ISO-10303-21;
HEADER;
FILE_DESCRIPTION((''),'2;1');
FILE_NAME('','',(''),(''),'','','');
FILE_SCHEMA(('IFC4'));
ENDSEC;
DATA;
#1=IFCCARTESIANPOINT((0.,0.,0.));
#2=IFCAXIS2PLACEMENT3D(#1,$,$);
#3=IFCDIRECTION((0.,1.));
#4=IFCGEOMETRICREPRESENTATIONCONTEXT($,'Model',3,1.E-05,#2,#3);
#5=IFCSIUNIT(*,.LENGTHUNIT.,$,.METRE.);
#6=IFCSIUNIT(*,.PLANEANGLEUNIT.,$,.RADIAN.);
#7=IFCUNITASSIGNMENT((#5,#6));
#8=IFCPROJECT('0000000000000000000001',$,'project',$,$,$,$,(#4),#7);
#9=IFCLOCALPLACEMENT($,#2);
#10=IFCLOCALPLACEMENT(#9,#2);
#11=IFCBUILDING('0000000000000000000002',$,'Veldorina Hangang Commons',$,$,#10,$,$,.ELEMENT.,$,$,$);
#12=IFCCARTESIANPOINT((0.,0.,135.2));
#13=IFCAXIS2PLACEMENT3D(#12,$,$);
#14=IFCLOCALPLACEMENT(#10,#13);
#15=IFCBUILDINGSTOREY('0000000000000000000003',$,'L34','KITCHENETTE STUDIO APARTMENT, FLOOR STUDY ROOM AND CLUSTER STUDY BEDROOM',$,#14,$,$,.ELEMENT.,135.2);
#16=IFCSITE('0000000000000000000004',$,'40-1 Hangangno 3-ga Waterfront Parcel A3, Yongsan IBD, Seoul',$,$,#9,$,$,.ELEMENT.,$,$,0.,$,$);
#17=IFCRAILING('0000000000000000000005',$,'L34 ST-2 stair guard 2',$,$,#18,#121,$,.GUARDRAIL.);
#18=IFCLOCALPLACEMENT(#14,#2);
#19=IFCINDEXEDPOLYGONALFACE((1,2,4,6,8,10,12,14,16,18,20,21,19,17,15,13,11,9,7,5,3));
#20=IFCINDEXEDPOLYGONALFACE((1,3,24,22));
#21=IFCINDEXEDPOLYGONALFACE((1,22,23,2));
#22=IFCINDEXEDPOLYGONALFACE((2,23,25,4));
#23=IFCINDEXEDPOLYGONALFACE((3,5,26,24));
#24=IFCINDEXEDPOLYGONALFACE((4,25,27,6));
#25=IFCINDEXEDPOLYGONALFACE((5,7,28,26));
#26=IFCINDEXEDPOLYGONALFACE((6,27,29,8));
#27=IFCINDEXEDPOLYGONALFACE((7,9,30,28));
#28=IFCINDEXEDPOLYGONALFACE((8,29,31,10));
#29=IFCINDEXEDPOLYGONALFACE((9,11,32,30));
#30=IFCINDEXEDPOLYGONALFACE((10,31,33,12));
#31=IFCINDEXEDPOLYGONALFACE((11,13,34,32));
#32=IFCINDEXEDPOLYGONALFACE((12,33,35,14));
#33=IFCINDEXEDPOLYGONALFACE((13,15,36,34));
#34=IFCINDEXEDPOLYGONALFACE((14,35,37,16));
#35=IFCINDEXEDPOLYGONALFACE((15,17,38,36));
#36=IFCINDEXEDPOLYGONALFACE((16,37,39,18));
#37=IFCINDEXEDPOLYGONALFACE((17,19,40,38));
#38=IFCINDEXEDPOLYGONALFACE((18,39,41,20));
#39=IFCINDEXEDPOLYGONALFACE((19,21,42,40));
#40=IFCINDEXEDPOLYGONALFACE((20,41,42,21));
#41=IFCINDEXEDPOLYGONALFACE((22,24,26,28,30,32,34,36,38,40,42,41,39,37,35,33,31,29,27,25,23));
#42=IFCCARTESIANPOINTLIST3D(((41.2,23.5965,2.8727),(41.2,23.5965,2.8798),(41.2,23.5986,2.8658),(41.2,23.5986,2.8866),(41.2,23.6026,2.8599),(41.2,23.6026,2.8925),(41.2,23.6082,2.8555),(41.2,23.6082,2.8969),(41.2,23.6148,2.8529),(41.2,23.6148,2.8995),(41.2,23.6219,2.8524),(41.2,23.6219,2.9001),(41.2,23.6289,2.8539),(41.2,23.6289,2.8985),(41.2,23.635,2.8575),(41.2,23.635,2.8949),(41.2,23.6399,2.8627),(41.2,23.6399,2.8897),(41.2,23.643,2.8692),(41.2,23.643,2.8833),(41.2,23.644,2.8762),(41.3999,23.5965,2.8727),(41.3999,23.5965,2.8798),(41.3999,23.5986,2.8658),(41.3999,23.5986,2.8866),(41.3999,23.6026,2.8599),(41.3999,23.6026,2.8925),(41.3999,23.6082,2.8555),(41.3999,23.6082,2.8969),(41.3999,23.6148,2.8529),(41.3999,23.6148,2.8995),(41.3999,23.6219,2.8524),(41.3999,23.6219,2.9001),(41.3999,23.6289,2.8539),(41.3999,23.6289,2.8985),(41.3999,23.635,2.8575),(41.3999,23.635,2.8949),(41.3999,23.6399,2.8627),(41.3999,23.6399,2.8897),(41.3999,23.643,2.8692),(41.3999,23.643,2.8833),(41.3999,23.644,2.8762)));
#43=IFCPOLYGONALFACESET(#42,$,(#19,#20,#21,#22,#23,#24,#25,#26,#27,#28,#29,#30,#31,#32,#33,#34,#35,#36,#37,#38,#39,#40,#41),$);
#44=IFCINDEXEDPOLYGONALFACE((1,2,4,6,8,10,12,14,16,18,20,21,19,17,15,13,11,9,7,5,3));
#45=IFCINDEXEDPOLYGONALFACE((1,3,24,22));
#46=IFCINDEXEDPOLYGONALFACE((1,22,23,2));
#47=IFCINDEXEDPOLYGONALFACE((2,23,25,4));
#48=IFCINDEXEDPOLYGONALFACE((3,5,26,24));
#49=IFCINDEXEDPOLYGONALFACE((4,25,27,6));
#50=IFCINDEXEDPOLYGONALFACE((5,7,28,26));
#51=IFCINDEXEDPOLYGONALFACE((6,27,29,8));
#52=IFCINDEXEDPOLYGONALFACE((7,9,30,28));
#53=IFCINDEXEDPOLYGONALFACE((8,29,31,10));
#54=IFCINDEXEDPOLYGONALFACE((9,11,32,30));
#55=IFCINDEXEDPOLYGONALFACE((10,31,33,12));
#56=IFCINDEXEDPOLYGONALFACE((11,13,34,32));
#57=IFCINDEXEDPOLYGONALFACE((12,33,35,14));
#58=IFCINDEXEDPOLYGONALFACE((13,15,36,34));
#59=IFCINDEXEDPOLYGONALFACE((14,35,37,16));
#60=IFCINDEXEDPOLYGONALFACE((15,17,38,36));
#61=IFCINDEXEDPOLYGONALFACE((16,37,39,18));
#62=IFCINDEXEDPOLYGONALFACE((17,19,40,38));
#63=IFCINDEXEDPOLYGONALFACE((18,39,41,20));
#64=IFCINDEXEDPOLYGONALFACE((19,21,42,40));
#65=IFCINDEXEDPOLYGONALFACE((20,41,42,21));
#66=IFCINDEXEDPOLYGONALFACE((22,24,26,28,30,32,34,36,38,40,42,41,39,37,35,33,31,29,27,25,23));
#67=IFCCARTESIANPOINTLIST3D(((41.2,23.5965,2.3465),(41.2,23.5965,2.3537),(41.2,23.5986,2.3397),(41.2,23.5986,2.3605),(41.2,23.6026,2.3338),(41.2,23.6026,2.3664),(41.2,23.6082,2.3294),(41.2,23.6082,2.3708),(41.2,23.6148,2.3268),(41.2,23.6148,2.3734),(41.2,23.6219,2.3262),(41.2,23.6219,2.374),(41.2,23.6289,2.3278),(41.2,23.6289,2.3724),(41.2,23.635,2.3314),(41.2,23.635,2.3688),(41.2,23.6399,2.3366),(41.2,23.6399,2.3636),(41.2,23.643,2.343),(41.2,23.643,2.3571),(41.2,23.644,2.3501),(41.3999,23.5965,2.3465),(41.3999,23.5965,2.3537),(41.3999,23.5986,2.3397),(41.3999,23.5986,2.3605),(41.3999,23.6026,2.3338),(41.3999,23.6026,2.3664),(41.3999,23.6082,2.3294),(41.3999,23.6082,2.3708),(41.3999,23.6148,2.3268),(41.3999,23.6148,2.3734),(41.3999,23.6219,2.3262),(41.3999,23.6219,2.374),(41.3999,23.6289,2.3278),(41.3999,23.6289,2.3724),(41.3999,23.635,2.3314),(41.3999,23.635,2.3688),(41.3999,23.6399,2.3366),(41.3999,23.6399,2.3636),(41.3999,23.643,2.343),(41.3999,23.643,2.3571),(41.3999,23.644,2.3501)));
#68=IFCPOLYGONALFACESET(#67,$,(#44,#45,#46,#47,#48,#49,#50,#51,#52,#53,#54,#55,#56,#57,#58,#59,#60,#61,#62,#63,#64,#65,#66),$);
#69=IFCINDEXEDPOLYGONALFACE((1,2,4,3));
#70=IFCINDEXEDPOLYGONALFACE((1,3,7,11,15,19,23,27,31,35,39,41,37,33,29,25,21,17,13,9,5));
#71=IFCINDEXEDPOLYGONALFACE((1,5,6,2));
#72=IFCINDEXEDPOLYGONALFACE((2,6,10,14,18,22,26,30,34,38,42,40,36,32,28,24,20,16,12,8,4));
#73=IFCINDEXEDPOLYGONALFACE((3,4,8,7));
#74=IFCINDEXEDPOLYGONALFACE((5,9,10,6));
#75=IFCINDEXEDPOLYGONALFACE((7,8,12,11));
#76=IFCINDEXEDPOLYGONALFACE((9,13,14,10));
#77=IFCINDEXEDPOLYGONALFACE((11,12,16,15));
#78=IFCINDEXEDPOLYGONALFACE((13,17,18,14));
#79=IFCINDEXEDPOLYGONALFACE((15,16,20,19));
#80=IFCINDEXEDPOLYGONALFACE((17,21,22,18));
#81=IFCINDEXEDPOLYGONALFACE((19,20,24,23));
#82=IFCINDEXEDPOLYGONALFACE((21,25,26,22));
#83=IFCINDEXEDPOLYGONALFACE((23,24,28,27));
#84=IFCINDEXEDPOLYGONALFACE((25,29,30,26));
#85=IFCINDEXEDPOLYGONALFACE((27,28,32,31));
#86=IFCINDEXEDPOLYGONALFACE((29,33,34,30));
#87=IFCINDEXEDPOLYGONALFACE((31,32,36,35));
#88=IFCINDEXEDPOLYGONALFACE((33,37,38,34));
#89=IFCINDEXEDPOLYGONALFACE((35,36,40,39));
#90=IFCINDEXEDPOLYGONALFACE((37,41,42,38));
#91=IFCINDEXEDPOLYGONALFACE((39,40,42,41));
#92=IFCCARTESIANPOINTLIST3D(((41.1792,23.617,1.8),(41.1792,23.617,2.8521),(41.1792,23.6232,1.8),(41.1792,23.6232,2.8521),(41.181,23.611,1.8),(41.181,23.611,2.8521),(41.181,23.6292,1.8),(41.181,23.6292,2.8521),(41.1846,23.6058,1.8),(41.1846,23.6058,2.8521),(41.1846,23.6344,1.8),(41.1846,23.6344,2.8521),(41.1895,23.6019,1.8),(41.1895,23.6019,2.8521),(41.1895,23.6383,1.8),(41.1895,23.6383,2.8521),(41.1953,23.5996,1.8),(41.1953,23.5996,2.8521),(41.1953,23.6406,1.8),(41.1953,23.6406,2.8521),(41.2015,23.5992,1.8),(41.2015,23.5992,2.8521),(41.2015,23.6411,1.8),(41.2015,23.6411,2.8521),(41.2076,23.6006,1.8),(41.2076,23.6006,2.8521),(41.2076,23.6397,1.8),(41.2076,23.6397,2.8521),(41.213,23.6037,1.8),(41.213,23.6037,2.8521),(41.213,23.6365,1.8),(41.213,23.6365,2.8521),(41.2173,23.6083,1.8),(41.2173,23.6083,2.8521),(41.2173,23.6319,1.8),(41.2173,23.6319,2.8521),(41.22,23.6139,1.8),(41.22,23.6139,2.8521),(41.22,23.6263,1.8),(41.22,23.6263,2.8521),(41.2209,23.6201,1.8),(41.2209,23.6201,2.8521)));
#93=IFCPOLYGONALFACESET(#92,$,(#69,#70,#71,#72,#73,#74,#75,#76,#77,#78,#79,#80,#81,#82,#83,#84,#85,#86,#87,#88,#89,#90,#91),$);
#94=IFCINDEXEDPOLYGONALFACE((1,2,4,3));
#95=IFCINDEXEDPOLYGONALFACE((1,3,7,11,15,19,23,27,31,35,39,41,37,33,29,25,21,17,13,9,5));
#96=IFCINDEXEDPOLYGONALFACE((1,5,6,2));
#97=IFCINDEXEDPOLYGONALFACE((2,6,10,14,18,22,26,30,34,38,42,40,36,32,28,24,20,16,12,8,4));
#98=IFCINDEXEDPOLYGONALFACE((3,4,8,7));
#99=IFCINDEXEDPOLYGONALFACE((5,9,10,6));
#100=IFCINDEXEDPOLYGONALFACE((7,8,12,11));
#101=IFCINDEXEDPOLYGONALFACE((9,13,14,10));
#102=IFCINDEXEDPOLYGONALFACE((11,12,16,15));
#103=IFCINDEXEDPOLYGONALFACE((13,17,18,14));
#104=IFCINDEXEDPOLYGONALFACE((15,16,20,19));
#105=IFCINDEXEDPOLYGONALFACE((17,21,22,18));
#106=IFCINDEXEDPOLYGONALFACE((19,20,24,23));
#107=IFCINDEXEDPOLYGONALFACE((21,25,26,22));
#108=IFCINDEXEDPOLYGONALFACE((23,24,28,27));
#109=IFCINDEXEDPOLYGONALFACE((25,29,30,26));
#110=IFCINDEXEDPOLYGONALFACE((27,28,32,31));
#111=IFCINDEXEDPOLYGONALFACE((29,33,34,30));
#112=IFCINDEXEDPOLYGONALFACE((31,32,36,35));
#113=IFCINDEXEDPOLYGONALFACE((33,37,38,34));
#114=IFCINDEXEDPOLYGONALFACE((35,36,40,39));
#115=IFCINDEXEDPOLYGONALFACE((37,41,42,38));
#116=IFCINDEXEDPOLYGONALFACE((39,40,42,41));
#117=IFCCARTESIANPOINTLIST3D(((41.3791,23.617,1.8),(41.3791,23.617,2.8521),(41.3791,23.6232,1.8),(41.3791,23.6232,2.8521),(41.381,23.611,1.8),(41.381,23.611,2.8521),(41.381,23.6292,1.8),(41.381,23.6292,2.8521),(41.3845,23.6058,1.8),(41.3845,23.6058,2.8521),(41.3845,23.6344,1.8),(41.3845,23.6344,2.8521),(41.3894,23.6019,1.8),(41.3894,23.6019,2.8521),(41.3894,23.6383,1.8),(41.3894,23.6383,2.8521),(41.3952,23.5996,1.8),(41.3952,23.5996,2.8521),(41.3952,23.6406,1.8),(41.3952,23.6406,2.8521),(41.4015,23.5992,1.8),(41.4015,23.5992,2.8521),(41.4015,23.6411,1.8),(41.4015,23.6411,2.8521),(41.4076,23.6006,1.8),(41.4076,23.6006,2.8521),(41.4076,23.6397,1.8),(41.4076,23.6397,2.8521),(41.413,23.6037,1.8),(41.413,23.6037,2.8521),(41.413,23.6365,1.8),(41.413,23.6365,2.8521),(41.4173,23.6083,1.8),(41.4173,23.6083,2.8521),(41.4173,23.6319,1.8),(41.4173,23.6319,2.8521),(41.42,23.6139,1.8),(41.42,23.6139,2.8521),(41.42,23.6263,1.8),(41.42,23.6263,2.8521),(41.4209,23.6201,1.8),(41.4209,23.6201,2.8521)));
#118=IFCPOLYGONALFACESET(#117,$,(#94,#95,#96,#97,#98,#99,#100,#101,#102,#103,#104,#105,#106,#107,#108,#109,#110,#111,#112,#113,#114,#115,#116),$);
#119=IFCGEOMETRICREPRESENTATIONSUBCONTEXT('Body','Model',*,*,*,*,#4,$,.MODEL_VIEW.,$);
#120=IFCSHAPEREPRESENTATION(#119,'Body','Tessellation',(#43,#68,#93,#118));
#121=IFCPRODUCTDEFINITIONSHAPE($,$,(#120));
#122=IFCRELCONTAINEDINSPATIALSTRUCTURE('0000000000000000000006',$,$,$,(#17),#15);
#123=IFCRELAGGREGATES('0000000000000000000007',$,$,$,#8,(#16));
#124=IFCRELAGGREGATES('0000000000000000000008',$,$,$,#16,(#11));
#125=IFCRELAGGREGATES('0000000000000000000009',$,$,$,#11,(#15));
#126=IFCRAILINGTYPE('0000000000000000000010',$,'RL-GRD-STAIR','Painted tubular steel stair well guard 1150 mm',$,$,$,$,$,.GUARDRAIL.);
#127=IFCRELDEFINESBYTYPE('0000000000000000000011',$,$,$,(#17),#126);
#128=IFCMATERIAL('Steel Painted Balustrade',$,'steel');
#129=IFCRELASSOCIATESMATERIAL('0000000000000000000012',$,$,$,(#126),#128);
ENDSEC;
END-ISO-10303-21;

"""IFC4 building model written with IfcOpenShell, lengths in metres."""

from ifc_helpers import new_model, si_unit, direction, frame, origin, origin_2d, place, context, subcontext, project, spatial, circle, extrude, material, type_object, element, save


model = new_model("IFC4")

# Units and contexts
model_context = context("Model", 3, precision=1e-05, world=origin(), true_north=direction((0.0, 1.0)))
body_context = subcontext(model_context, "Body", "Model", "MODEL_VIEW")
ifc_project = project(units=[si_unit("LENGTHUNIT", "METRE"), si_unit("PLANEANGLEUNIT", "RADIAN")], contexts=[model_context])

# Site, building, storey
site_placement = place(None, origin())
site = spatial("IfcSite", under=ifc_project, at=site_placement, Name="40-1 Hangangno 3-ga Waterfront Parcel A3, Yongsan IBD, Seoul", CompositionType="ELEMENT", RefElevation=0.0)
building_placement = place(site_placement, origin())
building = spatial("IfcBuilding", under=site, at=building_placement, Name="Veldorina Hangang Commons", CompositionType="ELEMENT")
storey_placement = place(building_placement, frame((0.0, 0.0, 135.2)))
storey = spatial("IfcBuildingStorey", under=building, at=storey_placement, Name="L34", Description="KITCHENETTE STUDIO APARTMENT, FLOOR STUDY ROOM AND CLUSTER STUDY BEDROOM", CompositionType="ELEMENT", Elevation=135.2)

# Railing
ifc_material_1 = material(Name="Steel Painted Balustrade", Category="steel")
railing_type = type_object("IfcRailingType", Name="RL-GRD-STAIR", Description="Painted tubular steel stair well guard 1150 mm", PredefinedType="GUARDRAIL", material=ifc_material_1)
railing_placement = place(storey_placement, frame((41.2, 23.6201, 1.8)))
element("IfcRailing", 1, at=railing_placement, inside=storey, type_object=railing_type, Name="L34 ST-2 stair guard 2", PredefinedType="GUARDRAIL", context=body_context, shape_type="SweptSolid", body=[
    extrude(circle(Radius=0.0239, at=origin_2d()), frame((0.0, 0.0, 1.0762), z_axis=(1.0, 0.0, 0.0), x_axis=(0.0, 1.0, 0.0)), (0.0, 0.0, 1.0), 0.2),
    extrude(circle(Radius=0.0239, at=origin_2d()), frame((0.0, 0.0, 0.55), z_axis=(1.0, 0.0, 0.0), x_axis=(0.0, 1.0, 0.0)), (0.0, 0.0, 1.0), 0.2),
    extrude(circle(Radius=0.021, at=origin_2d()), origin(), (0.0, 0.0, 1.0), 1.052),
    extrude(circle(Radius=0.021, at=origin_2d()), frame((0.2, 0.0, 0.0)), (0.0, 0.0, 1.0), 1.052),
])

save(model, "model.ifc")
